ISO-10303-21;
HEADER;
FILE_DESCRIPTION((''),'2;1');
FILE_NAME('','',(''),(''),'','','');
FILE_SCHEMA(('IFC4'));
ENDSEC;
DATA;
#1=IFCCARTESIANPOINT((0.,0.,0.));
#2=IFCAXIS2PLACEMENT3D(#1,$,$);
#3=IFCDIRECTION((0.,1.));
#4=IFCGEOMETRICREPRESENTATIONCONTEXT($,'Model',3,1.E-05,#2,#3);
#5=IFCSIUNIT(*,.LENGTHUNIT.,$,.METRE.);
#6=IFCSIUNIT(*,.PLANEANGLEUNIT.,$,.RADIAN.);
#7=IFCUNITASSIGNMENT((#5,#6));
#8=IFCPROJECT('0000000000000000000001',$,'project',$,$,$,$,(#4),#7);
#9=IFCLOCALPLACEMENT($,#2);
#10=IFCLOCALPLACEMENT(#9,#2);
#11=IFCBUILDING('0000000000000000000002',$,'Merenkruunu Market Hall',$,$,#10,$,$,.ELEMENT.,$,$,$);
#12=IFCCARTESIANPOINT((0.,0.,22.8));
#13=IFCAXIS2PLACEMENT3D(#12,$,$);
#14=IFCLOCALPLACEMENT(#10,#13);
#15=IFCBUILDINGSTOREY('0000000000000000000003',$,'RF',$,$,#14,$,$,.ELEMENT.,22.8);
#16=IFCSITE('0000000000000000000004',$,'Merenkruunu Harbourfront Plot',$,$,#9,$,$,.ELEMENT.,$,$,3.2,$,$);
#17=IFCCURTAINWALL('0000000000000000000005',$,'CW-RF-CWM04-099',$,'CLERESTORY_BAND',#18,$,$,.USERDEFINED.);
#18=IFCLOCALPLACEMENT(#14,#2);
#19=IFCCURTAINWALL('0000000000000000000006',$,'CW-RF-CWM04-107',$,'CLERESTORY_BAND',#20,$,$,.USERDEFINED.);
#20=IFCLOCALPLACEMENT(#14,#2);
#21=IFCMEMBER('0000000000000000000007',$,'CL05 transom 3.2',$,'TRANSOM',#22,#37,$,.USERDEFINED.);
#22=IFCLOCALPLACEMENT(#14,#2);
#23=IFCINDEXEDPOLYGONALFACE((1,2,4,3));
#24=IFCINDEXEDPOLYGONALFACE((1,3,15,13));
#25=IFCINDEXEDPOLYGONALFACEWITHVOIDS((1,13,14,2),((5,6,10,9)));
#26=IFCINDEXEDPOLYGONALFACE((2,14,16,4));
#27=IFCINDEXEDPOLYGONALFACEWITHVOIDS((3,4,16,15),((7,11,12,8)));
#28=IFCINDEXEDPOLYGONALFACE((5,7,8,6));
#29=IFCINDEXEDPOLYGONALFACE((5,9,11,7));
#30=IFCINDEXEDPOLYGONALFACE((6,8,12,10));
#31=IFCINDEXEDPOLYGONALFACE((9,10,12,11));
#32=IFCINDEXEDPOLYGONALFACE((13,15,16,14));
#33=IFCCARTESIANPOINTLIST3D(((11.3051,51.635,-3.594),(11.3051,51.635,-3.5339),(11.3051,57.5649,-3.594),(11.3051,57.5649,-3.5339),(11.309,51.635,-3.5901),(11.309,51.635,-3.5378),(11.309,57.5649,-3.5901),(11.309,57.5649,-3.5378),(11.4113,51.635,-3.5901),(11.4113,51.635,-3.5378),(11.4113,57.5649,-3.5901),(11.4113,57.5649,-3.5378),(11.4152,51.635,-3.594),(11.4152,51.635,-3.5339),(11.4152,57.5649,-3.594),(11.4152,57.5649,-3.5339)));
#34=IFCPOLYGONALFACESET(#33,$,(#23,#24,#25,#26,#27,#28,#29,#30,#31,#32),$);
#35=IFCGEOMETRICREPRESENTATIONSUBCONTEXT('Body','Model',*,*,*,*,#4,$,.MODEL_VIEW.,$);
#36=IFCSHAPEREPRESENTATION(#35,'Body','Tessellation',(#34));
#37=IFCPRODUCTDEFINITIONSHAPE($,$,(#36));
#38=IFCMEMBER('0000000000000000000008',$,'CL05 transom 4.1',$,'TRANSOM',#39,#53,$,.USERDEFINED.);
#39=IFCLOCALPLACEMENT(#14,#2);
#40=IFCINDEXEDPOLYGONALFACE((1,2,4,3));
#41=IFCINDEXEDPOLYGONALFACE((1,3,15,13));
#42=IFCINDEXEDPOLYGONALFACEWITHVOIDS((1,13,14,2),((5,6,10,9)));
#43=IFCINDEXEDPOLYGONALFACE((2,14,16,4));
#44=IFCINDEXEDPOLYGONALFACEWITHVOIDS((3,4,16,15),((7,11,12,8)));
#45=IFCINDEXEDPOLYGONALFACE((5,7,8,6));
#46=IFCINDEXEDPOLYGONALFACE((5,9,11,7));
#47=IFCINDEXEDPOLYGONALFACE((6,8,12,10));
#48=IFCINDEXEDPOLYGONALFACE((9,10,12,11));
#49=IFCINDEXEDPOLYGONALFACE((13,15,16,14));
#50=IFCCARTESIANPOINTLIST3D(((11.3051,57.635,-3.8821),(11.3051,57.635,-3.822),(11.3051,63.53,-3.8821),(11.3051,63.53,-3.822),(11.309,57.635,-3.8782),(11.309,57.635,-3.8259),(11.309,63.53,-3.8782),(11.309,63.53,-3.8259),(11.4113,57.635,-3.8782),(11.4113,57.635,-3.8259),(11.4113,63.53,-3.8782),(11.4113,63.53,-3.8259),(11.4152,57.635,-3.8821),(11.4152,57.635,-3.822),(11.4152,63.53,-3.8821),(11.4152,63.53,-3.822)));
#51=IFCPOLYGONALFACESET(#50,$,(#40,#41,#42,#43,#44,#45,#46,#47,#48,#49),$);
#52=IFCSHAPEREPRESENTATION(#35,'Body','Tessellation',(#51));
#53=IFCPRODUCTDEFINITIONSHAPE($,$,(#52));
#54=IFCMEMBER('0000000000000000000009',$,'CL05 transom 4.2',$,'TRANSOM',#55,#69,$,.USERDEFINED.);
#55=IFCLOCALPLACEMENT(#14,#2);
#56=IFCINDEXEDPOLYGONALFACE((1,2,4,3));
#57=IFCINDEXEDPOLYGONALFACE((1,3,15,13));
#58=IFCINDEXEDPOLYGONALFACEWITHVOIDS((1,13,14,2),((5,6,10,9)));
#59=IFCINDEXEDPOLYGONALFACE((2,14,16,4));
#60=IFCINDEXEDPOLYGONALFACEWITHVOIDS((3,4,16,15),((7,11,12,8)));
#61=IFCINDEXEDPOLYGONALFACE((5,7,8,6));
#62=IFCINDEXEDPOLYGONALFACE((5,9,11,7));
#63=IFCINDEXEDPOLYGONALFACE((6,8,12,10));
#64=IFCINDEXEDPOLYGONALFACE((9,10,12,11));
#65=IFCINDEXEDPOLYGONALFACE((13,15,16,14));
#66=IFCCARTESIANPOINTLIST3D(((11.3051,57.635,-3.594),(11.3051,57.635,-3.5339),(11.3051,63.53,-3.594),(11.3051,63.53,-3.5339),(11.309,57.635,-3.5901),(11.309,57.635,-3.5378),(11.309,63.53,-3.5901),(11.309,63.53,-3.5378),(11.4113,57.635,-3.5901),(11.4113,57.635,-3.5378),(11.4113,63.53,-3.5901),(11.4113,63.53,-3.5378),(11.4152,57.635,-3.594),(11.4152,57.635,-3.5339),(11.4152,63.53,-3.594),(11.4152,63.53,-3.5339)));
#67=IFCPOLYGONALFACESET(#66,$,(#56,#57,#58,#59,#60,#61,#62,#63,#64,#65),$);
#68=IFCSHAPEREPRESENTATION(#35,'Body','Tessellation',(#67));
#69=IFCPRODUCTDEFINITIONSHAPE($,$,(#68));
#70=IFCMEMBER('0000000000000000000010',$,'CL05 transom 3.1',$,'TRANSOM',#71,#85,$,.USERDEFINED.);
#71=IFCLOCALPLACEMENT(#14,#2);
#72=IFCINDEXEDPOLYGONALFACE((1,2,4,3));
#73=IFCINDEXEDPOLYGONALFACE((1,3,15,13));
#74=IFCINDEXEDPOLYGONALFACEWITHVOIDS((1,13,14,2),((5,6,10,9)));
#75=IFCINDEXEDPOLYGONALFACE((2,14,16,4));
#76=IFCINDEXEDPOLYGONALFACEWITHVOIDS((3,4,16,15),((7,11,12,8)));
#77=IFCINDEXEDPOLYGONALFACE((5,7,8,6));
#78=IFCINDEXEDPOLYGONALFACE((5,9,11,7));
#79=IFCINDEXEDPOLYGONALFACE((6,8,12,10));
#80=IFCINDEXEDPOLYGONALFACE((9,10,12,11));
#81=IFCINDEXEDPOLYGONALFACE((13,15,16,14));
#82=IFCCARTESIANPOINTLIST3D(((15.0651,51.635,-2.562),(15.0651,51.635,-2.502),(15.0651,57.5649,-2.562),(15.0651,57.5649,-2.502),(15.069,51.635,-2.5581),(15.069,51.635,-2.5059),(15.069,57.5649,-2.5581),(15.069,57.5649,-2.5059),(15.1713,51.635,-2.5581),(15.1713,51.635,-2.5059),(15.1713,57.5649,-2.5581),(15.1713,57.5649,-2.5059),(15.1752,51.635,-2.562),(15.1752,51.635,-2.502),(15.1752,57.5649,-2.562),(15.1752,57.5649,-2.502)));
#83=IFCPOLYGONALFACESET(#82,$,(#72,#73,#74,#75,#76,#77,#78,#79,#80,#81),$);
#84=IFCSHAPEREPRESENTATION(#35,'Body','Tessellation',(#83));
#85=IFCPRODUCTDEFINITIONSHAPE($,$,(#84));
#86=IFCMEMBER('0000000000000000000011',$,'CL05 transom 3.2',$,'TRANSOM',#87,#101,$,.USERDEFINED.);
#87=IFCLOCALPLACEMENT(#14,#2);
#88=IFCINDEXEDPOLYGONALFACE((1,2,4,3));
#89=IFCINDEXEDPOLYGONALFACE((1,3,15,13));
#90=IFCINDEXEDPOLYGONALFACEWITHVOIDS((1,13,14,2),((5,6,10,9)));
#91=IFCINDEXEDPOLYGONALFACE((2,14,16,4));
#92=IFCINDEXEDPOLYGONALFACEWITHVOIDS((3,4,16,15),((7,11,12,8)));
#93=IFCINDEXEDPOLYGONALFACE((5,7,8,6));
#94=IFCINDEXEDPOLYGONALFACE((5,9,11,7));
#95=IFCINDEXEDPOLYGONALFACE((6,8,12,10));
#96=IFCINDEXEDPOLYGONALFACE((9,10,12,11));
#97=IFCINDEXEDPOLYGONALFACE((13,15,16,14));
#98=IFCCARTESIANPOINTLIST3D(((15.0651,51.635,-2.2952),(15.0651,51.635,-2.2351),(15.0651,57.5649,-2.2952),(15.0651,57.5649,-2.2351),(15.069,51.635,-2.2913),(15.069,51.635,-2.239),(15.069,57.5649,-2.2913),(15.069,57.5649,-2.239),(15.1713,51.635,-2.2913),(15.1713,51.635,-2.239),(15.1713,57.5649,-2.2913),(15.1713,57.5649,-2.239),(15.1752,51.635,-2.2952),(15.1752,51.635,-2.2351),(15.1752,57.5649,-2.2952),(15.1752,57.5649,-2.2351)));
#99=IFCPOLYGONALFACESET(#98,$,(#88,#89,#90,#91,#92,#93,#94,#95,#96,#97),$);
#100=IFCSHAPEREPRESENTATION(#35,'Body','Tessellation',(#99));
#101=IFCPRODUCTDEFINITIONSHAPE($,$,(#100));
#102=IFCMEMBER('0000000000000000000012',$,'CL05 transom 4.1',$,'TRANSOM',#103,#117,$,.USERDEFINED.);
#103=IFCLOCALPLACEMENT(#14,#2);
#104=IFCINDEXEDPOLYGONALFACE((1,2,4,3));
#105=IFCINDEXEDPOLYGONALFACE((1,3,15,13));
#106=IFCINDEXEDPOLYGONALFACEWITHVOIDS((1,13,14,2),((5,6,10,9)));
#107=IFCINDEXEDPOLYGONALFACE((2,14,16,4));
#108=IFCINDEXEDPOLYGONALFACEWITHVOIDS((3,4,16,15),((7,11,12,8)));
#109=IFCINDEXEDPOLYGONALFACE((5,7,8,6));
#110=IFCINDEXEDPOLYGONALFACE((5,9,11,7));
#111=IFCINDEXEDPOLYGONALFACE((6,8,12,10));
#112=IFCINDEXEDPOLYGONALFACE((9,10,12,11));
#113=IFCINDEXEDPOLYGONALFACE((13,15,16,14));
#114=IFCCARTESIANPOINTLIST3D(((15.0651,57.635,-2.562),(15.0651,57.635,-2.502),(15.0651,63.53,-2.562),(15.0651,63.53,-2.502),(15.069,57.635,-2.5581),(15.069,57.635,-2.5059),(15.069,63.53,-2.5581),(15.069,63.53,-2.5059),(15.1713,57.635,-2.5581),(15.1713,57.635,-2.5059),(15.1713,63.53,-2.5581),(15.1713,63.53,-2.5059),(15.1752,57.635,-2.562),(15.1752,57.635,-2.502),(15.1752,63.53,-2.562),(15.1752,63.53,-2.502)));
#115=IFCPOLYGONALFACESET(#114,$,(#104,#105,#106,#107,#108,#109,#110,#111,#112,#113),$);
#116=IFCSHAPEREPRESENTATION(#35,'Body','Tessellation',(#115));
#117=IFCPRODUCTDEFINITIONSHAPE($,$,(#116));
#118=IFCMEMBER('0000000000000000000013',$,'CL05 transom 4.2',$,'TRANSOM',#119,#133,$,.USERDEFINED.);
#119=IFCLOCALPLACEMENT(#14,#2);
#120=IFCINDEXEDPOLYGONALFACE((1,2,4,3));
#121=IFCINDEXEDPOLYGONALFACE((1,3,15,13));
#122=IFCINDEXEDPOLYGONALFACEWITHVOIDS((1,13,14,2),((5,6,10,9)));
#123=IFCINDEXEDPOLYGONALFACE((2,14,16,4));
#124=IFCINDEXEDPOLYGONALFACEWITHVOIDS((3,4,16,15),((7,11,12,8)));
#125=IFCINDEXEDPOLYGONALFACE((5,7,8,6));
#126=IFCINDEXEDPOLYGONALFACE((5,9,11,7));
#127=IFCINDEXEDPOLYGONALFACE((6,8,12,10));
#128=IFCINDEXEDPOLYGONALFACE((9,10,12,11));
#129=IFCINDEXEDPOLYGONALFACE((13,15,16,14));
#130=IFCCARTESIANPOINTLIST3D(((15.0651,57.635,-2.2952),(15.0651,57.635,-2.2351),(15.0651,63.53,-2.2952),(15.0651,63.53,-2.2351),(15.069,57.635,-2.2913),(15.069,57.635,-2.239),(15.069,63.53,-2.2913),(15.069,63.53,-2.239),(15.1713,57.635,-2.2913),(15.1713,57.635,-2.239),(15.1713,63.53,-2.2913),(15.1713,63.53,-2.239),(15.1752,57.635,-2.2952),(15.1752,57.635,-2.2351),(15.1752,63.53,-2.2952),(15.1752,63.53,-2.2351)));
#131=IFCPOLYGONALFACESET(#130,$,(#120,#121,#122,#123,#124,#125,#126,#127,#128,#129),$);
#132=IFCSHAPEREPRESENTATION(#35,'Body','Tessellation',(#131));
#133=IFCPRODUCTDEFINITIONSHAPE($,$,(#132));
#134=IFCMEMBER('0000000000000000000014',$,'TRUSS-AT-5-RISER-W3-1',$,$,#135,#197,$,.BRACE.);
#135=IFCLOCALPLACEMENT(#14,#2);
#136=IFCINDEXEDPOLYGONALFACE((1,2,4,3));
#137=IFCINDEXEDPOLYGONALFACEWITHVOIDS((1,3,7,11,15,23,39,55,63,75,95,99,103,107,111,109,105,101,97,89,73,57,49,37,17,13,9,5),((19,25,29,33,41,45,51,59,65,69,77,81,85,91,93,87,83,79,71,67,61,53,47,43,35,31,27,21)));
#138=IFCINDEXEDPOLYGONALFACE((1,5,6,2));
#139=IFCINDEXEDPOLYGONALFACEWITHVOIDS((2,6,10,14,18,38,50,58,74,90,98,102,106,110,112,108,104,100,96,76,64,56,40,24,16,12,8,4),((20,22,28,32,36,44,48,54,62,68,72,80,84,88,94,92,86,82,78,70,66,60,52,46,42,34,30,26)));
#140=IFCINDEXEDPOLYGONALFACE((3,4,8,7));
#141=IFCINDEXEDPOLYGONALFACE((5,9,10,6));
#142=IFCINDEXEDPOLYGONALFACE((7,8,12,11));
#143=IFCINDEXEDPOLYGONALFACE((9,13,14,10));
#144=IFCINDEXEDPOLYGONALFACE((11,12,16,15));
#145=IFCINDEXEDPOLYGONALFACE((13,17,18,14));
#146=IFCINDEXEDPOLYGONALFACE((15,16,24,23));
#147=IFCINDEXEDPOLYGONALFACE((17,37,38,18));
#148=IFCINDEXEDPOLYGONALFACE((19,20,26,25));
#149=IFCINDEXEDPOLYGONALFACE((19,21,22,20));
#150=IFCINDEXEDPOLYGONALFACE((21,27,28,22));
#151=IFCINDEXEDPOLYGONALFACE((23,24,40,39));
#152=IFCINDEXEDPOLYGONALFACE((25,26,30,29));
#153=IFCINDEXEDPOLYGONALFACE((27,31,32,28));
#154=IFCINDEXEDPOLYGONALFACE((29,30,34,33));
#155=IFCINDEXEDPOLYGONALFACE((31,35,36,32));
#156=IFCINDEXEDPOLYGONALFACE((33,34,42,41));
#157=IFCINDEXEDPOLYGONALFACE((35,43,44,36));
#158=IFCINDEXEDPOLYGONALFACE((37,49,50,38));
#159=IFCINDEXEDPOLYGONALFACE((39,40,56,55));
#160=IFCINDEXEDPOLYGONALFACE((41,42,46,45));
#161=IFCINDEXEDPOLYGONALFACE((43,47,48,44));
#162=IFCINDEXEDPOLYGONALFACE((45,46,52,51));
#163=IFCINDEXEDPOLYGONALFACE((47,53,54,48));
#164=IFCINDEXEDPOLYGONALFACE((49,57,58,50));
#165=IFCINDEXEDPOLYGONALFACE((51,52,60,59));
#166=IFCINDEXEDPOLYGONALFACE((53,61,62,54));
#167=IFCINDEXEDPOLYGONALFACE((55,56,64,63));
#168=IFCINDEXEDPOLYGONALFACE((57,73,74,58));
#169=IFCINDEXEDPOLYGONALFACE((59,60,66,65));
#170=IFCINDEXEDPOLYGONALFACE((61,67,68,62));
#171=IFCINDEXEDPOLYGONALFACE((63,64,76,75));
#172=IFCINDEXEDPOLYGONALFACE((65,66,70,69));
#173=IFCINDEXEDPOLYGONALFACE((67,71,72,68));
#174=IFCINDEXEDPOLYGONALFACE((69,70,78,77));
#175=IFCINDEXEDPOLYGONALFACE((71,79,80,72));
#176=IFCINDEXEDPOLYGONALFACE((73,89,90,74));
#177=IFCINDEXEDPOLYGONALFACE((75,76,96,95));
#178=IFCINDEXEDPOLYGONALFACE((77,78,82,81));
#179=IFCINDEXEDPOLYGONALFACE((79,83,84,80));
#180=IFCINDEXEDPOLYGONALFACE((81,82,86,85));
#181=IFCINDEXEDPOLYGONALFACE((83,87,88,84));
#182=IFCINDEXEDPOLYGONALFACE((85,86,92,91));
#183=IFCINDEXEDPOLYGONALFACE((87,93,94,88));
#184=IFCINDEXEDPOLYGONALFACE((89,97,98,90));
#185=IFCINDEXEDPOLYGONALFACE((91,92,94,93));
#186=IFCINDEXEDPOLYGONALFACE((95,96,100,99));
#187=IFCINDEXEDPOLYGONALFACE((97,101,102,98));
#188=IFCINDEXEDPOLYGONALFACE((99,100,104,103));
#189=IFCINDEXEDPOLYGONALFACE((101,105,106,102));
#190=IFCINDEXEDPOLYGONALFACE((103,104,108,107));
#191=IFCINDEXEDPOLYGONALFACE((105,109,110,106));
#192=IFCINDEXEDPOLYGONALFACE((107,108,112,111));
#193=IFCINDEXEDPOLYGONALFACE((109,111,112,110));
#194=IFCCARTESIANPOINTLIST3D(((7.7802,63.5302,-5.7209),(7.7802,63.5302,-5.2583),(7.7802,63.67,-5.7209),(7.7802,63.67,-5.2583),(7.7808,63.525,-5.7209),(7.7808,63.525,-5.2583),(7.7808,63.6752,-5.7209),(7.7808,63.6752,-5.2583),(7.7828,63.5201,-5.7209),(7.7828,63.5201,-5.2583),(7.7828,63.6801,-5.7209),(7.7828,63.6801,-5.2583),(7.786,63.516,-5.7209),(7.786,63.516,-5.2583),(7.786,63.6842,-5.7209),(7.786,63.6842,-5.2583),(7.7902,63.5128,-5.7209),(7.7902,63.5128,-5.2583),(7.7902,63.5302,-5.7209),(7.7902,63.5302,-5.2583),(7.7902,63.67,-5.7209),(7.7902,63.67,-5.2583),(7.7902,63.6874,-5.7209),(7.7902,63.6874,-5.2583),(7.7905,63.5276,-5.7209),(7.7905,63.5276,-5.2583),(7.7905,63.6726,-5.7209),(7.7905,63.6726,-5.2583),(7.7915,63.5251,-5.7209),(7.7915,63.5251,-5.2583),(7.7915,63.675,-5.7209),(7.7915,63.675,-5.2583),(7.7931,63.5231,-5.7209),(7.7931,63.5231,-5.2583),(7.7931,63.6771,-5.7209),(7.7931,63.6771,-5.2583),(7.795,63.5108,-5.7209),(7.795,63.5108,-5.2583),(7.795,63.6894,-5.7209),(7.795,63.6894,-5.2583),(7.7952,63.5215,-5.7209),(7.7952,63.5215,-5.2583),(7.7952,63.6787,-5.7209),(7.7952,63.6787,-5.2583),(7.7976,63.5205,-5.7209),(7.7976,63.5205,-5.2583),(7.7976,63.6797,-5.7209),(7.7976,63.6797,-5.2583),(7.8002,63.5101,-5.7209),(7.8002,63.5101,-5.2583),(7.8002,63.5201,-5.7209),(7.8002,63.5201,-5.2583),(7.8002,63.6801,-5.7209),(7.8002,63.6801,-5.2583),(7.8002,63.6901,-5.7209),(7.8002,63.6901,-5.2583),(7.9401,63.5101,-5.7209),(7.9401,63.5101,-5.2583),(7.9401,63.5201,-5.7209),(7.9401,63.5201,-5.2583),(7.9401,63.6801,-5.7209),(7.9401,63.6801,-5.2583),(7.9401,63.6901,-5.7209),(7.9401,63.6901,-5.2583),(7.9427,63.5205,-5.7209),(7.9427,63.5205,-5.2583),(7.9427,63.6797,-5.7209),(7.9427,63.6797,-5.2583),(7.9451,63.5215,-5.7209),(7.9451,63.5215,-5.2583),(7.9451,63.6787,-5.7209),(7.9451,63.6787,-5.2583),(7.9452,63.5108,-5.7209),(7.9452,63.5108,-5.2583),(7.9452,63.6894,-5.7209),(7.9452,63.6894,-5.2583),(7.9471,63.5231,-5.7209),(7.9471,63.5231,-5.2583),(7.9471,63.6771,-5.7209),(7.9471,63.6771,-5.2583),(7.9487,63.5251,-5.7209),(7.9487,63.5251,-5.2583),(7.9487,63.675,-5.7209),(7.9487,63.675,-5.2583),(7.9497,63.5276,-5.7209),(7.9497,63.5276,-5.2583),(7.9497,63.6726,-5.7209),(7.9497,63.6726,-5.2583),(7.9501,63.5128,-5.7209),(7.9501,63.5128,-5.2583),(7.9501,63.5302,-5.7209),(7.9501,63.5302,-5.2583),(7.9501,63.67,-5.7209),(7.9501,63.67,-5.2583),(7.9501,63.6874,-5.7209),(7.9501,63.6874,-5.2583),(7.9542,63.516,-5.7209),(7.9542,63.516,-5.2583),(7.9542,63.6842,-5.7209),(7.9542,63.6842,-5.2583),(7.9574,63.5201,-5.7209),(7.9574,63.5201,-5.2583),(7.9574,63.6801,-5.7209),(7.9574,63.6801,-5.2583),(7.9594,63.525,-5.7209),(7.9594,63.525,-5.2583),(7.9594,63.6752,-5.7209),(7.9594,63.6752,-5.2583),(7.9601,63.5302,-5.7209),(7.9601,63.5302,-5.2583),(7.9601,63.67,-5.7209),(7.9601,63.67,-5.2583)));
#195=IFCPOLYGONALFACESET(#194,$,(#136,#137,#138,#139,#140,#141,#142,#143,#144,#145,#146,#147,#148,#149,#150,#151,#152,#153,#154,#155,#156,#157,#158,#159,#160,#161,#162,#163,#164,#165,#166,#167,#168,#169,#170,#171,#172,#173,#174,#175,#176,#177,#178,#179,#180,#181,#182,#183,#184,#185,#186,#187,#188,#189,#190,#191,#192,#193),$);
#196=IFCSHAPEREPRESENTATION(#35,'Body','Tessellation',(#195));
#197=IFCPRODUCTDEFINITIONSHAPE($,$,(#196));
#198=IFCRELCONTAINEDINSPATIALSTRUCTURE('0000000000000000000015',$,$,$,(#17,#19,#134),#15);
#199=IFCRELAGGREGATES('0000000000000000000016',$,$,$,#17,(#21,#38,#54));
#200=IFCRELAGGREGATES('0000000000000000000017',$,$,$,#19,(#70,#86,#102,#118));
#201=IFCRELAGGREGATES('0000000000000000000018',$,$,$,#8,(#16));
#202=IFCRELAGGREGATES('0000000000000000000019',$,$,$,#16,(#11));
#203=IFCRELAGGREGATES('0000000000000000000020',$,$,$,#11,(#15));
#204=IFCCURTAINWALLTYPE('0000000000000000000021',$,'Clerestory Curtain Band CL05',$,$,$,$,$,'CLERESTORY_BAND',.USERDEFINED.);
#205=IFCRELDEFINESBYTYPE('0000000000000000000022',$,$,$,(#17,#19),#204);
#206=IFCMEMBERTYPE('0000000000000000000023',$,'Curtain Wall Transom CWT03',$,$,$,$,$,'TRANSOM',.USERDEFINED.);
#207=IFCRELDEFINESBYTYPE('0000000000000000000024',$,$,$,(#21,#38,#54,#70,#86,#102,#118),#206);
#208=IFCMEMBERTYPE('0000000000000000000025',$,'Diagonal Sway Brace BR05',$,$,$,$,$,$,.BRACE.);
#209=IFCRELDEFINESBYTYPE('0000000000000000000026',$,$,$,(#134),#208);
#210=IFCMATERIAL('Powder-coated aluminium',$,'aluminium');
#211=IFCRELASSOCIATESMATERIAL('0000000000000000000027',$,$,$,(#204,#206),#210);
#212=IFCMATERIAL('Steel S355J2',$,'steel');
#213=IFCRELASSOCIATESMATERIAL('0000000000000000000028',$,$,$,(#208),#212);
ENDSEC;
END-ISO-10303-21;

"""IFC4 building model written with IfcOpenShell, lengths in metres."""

from ifc_helpers import new_model, si_unit, direction, frame, origin, origin_2d, place, context, subcontext, project, spatial, hollow_rectangle, extrude, material, material_profile, profile_set, type_object, element, aggregate, save


model = new_model("IFC4")

# Units and contexts
model_context = context("Model", 3, precision=1e-05, world=origin(), true_north=direction((0.0, 1.0)))
body_context = subcontext(model_context, "Body", "Model", "MODEL_VIEW")
ifc_project = project(units=[si_unit("LENGTHUNIT", "METRE"), si_unit("PLANEANGLEUNIT", "RADIAN")], contexts=[model_context])

# Site, building, storey
site_placement = place(None, origin())
site = spatial("IfcSite", under=ifc_project, at=site_placement, Name="Merenkruunu Harbourfront Plot", CompositionType="ELEMENT", RefElevation=3.2)
building_placement = place(site_placement, origin())
building = spatial("IfcBuilding", under=site, at=building_placement, Name="Merenkruunu Market Hall", CompositionType="ELEMENT")
storey_placement = place(building_placement, frame((0.0, 0.0, 22.8)))
storey = spatial("IfcBuildingStorey", under=building, at=storey_placement, Name="RF", CompositionType="ELEMENT", Elevation=22.8)

# Curtain walls
ifc_material_1 = material(Name="Powder-coated aluminium", Category="aluminium")
curtain_wall_type = type_object("IfcCurtainWallType", Name="Clerestory Curtain Band CL05", ElementType="CLERESTORY_BAND", PredefinedType="USERDEFINED", material=ifc_material_1)
curtain_wall_1_placement = place(storey_placement, origin())
curtain_wall_1 = element("IfcCurtainWall", 1, at=curtain_wall_1_placement, inside=storey, type_object=curtain_wall_type, Name="CW-RF-CWM04-099", ObjectType="CLERESTORY_BAND", PredefinedType="USERDEFINED")
curtain_wall_2_placement = place(storey_placement, origin())
curtain_wall_2 = element("IfcCurtainWall", 2, at=curtain_wall_2_placement, inside=storey, type_object=curtain_wall_type, Name="CW-RF-CWM04-107", ObjectType="CLERESTORY_BAND", PredefinedType="USERDEFINED")

# Members
ifc_material_profile_1 = material_profile(ifc_material_1, hollow_rectangle(XDim=0.0601, YDim=0.1101, WallThickness=0.0039, at=origin_2d()), Name="ALU 60x110x4")
ifc_profile_set_1 = profile_set([ifc_material_profile_1], Name="Powder-coated aluminium")
member_type_1 = type_object("IfcMemberType", Name="Curtain Wall Transom CWT03", ElementType="TRANSOM", PredefinedType="USERDEFINED", material=ifc_profile_set_1)
member_1_placement = place(storey_placement, frame((11.3601, 51.635, -3.564), z_axis=(0.0, 1.0, 0.0), x_axis=(0.0, 0.0, 1.0)))
member_1 = element("IfcMember", 3, at=member_1_placement, type_object=member_type_1, Name="CL05 transom 3.2", ObjectType="TRANSOM", PredefinedType="USERDEFINED", context=body_context, shape_type="SweptSolid", body=[
    extrude(hollow_rectangle(XDim=0.0601, YDim=0.1101, WallThickness=0.0039, at=origin_2d()), origin(), (0.0, 0.0, 1.0), 5.9299),
])
member_2_placement = place(storey_placement, frame((11.3601, 57.635, -3.8521), z_axis=(0.0, 1.0, 0.0), x_axis=(0.0, 0.0, 1.0)))
member_2 = element("IfcMember", 4, at=member_2_placement, type_object=member_type_1, Name="CL05 transom 4.1", ObjectType="TRANSOM", PredefinedType="USERDEFINED", context=body_context, shape_type="SweptSolid", body=[
    extrude(hollow_rectangle(XDim=0.0601, YDim=0.1101, WallThickness=0.0039, at=origin_2d()), origin(), (0.0, 0.0, 1.0), 5.895),
])
member_3_placement = place(storey_placement, frame((11.3601, 57.635, -3.564), z_axis=(0.0, 1.0, 0.0), x_axis=(0.0, 0.0, 1.0)))
member_3 = element("IfcMember", 5, at=member_3_placement, type_object=member_type_1, Name="CL05 transom 4.2", ObjectType="TRANSOM", PredefinedType="USERDEFINED", context=body_context, shape_type="SweptSolid", body=[
    extrude(hollow_rectangle(XDim=0.0601, YDim=0.1101, WallThickness=0.0039, at=origin_2d()), origin(), (0.0, 0.0, 1.0), 5.895),
])
member_4_placement = place(storey_placement, frame((15.1201, 51.635, -2.532), z_axis=(0.0, 1.0, 0.0), x_axis=(0.0, 0.0, 1.0)))
member_4 = element("IfcMember", 6, at=member_4_placement, type_object=member_type_1, Name="CL05 transom 3.1", ObjectType="TRANSOM", PredefinedType="USERDEFINED", context=body_context, shape_type="SweptSolid", body=[
    extrude(hollow_rectangle(XDim=0.0601, YDim=0.1101, WallThickness=0.0039, at=origin_2d()), origin(), (0.0, 0.0, 1.0), 5.9299),
])
member_5_placement = place(storey_placement, frame((15.1201, 51.635, -2.2651), z_axis=(0.0, 1.0, 0.0), x_axis=(0.0, 0.0, 1.0)))
member_5 = element("IfcMember", 7, at=member_5_placement, type_object=member_type_1, Name="CL05 transom 3.2", ObjectType="TRANSOM", PredefinedType="USERDEFINED", context=body_context, shape_type="SweptSolid", body=[
    extrude(hollow_rectangle(XDim=0.0601, YDim=0.1101, WallThickness=0.0039, at=origin_2d()), origin(), (0.0, 0.0, 1.0), 5.9299),
])
member_6_placement = place(storey_placement, frame((15.1201, 57.635, -2.532), z_axis=(0.0, 1.0, 0.0), x_axis=(0.0, 0.0, 1.0)))
member_6 = element("IfcMember", 8, at=member_6_placement, type_object=member_type_1, Name="CL05 transom 4.1", ObjectType="TRANSOM", PredefinedType="USERDEFINED", context=body_context, shape_type="SweptSolid", body=[
    extrude(hollow_rectangle(XDim=0.0601, YDim=0.1101, WallThickness=0.0039, at=origin_2d()), origin(), (0.0, 0.0, 1.0), 5.895),
])
member_7_placement = place(storey_placement, frame((15.1201, 57.635, -2.2651), z_axis=(0.0, 1.0, 0.0), x_axis=(0.0, 0.0, 1.0)))
member_7 = element("IfcMember", 9, at=member_7_placement, type_object=member_type_1, Name="CL05 transom 4.2", ObjectType="TRANSOM", PredefinedType="USERDEFINED", context=body_context, shape_type="SweptSolid", body=[
    extrude(hollow_rectangle(XDim=0.0601, YDim=0.1101, WallThickness=0.0039, at=origin_2d()), origin(), (0.0, 0.0, 1.0), 5.895),
])

# Member
ifc_material_2 = material(Name="Steel S355J2", Category="steel")
ifc_material_profile_2 = material_profile(ifc_material_2, hollow_rectangle(XDim=0.1799, YDim=0.1799, WallThickness=0.01, InnerFilletRadius=0.01, OuterFilletRadius=0.02, at=origin_2d()), Name="SHS 180x180x10")
ifc_profile_set_2 = profile_set([ifc_material_profile_2], Name="Steel S355J2")
member_type_2 = type_object("IfcMemberType", Name="Diagonal Sway Brace BR05", PredefinedType="BRACE", material=ifc_profile_set_2)
member_8_placement = place(storey_placement, frame((7.8701, 63.6001, -5.7209), z_axis=(0.0, 0.0, 1.0), x_axis=(1.0, 0.0, 0.0)))
element("IfcMember", 10, at=member_8_placement, inside=storey, type_object=member_type_2, Name="TRUSS-AT-5-RISER-W3-1", PredefinedType="BRACE", context=body_context, shape_type="SweptSolid", body=[
    extrude(hollow_rectangle(XDim=0.1799, YDim=0.1799, WallThickness=0.01, InnerFilletRadius=0.01, OuterFilletRadius=0.02, at=origin_2d()), origin(), (0.0, 0.0, 1.0), 0.4626),
])

aggregate(curtain_wall_1, [member_1, member_2, member_3])
aggregate(curtain_wall_2, [member_4, member_5, member_6, member_7])

save(model, "model.ifc")
